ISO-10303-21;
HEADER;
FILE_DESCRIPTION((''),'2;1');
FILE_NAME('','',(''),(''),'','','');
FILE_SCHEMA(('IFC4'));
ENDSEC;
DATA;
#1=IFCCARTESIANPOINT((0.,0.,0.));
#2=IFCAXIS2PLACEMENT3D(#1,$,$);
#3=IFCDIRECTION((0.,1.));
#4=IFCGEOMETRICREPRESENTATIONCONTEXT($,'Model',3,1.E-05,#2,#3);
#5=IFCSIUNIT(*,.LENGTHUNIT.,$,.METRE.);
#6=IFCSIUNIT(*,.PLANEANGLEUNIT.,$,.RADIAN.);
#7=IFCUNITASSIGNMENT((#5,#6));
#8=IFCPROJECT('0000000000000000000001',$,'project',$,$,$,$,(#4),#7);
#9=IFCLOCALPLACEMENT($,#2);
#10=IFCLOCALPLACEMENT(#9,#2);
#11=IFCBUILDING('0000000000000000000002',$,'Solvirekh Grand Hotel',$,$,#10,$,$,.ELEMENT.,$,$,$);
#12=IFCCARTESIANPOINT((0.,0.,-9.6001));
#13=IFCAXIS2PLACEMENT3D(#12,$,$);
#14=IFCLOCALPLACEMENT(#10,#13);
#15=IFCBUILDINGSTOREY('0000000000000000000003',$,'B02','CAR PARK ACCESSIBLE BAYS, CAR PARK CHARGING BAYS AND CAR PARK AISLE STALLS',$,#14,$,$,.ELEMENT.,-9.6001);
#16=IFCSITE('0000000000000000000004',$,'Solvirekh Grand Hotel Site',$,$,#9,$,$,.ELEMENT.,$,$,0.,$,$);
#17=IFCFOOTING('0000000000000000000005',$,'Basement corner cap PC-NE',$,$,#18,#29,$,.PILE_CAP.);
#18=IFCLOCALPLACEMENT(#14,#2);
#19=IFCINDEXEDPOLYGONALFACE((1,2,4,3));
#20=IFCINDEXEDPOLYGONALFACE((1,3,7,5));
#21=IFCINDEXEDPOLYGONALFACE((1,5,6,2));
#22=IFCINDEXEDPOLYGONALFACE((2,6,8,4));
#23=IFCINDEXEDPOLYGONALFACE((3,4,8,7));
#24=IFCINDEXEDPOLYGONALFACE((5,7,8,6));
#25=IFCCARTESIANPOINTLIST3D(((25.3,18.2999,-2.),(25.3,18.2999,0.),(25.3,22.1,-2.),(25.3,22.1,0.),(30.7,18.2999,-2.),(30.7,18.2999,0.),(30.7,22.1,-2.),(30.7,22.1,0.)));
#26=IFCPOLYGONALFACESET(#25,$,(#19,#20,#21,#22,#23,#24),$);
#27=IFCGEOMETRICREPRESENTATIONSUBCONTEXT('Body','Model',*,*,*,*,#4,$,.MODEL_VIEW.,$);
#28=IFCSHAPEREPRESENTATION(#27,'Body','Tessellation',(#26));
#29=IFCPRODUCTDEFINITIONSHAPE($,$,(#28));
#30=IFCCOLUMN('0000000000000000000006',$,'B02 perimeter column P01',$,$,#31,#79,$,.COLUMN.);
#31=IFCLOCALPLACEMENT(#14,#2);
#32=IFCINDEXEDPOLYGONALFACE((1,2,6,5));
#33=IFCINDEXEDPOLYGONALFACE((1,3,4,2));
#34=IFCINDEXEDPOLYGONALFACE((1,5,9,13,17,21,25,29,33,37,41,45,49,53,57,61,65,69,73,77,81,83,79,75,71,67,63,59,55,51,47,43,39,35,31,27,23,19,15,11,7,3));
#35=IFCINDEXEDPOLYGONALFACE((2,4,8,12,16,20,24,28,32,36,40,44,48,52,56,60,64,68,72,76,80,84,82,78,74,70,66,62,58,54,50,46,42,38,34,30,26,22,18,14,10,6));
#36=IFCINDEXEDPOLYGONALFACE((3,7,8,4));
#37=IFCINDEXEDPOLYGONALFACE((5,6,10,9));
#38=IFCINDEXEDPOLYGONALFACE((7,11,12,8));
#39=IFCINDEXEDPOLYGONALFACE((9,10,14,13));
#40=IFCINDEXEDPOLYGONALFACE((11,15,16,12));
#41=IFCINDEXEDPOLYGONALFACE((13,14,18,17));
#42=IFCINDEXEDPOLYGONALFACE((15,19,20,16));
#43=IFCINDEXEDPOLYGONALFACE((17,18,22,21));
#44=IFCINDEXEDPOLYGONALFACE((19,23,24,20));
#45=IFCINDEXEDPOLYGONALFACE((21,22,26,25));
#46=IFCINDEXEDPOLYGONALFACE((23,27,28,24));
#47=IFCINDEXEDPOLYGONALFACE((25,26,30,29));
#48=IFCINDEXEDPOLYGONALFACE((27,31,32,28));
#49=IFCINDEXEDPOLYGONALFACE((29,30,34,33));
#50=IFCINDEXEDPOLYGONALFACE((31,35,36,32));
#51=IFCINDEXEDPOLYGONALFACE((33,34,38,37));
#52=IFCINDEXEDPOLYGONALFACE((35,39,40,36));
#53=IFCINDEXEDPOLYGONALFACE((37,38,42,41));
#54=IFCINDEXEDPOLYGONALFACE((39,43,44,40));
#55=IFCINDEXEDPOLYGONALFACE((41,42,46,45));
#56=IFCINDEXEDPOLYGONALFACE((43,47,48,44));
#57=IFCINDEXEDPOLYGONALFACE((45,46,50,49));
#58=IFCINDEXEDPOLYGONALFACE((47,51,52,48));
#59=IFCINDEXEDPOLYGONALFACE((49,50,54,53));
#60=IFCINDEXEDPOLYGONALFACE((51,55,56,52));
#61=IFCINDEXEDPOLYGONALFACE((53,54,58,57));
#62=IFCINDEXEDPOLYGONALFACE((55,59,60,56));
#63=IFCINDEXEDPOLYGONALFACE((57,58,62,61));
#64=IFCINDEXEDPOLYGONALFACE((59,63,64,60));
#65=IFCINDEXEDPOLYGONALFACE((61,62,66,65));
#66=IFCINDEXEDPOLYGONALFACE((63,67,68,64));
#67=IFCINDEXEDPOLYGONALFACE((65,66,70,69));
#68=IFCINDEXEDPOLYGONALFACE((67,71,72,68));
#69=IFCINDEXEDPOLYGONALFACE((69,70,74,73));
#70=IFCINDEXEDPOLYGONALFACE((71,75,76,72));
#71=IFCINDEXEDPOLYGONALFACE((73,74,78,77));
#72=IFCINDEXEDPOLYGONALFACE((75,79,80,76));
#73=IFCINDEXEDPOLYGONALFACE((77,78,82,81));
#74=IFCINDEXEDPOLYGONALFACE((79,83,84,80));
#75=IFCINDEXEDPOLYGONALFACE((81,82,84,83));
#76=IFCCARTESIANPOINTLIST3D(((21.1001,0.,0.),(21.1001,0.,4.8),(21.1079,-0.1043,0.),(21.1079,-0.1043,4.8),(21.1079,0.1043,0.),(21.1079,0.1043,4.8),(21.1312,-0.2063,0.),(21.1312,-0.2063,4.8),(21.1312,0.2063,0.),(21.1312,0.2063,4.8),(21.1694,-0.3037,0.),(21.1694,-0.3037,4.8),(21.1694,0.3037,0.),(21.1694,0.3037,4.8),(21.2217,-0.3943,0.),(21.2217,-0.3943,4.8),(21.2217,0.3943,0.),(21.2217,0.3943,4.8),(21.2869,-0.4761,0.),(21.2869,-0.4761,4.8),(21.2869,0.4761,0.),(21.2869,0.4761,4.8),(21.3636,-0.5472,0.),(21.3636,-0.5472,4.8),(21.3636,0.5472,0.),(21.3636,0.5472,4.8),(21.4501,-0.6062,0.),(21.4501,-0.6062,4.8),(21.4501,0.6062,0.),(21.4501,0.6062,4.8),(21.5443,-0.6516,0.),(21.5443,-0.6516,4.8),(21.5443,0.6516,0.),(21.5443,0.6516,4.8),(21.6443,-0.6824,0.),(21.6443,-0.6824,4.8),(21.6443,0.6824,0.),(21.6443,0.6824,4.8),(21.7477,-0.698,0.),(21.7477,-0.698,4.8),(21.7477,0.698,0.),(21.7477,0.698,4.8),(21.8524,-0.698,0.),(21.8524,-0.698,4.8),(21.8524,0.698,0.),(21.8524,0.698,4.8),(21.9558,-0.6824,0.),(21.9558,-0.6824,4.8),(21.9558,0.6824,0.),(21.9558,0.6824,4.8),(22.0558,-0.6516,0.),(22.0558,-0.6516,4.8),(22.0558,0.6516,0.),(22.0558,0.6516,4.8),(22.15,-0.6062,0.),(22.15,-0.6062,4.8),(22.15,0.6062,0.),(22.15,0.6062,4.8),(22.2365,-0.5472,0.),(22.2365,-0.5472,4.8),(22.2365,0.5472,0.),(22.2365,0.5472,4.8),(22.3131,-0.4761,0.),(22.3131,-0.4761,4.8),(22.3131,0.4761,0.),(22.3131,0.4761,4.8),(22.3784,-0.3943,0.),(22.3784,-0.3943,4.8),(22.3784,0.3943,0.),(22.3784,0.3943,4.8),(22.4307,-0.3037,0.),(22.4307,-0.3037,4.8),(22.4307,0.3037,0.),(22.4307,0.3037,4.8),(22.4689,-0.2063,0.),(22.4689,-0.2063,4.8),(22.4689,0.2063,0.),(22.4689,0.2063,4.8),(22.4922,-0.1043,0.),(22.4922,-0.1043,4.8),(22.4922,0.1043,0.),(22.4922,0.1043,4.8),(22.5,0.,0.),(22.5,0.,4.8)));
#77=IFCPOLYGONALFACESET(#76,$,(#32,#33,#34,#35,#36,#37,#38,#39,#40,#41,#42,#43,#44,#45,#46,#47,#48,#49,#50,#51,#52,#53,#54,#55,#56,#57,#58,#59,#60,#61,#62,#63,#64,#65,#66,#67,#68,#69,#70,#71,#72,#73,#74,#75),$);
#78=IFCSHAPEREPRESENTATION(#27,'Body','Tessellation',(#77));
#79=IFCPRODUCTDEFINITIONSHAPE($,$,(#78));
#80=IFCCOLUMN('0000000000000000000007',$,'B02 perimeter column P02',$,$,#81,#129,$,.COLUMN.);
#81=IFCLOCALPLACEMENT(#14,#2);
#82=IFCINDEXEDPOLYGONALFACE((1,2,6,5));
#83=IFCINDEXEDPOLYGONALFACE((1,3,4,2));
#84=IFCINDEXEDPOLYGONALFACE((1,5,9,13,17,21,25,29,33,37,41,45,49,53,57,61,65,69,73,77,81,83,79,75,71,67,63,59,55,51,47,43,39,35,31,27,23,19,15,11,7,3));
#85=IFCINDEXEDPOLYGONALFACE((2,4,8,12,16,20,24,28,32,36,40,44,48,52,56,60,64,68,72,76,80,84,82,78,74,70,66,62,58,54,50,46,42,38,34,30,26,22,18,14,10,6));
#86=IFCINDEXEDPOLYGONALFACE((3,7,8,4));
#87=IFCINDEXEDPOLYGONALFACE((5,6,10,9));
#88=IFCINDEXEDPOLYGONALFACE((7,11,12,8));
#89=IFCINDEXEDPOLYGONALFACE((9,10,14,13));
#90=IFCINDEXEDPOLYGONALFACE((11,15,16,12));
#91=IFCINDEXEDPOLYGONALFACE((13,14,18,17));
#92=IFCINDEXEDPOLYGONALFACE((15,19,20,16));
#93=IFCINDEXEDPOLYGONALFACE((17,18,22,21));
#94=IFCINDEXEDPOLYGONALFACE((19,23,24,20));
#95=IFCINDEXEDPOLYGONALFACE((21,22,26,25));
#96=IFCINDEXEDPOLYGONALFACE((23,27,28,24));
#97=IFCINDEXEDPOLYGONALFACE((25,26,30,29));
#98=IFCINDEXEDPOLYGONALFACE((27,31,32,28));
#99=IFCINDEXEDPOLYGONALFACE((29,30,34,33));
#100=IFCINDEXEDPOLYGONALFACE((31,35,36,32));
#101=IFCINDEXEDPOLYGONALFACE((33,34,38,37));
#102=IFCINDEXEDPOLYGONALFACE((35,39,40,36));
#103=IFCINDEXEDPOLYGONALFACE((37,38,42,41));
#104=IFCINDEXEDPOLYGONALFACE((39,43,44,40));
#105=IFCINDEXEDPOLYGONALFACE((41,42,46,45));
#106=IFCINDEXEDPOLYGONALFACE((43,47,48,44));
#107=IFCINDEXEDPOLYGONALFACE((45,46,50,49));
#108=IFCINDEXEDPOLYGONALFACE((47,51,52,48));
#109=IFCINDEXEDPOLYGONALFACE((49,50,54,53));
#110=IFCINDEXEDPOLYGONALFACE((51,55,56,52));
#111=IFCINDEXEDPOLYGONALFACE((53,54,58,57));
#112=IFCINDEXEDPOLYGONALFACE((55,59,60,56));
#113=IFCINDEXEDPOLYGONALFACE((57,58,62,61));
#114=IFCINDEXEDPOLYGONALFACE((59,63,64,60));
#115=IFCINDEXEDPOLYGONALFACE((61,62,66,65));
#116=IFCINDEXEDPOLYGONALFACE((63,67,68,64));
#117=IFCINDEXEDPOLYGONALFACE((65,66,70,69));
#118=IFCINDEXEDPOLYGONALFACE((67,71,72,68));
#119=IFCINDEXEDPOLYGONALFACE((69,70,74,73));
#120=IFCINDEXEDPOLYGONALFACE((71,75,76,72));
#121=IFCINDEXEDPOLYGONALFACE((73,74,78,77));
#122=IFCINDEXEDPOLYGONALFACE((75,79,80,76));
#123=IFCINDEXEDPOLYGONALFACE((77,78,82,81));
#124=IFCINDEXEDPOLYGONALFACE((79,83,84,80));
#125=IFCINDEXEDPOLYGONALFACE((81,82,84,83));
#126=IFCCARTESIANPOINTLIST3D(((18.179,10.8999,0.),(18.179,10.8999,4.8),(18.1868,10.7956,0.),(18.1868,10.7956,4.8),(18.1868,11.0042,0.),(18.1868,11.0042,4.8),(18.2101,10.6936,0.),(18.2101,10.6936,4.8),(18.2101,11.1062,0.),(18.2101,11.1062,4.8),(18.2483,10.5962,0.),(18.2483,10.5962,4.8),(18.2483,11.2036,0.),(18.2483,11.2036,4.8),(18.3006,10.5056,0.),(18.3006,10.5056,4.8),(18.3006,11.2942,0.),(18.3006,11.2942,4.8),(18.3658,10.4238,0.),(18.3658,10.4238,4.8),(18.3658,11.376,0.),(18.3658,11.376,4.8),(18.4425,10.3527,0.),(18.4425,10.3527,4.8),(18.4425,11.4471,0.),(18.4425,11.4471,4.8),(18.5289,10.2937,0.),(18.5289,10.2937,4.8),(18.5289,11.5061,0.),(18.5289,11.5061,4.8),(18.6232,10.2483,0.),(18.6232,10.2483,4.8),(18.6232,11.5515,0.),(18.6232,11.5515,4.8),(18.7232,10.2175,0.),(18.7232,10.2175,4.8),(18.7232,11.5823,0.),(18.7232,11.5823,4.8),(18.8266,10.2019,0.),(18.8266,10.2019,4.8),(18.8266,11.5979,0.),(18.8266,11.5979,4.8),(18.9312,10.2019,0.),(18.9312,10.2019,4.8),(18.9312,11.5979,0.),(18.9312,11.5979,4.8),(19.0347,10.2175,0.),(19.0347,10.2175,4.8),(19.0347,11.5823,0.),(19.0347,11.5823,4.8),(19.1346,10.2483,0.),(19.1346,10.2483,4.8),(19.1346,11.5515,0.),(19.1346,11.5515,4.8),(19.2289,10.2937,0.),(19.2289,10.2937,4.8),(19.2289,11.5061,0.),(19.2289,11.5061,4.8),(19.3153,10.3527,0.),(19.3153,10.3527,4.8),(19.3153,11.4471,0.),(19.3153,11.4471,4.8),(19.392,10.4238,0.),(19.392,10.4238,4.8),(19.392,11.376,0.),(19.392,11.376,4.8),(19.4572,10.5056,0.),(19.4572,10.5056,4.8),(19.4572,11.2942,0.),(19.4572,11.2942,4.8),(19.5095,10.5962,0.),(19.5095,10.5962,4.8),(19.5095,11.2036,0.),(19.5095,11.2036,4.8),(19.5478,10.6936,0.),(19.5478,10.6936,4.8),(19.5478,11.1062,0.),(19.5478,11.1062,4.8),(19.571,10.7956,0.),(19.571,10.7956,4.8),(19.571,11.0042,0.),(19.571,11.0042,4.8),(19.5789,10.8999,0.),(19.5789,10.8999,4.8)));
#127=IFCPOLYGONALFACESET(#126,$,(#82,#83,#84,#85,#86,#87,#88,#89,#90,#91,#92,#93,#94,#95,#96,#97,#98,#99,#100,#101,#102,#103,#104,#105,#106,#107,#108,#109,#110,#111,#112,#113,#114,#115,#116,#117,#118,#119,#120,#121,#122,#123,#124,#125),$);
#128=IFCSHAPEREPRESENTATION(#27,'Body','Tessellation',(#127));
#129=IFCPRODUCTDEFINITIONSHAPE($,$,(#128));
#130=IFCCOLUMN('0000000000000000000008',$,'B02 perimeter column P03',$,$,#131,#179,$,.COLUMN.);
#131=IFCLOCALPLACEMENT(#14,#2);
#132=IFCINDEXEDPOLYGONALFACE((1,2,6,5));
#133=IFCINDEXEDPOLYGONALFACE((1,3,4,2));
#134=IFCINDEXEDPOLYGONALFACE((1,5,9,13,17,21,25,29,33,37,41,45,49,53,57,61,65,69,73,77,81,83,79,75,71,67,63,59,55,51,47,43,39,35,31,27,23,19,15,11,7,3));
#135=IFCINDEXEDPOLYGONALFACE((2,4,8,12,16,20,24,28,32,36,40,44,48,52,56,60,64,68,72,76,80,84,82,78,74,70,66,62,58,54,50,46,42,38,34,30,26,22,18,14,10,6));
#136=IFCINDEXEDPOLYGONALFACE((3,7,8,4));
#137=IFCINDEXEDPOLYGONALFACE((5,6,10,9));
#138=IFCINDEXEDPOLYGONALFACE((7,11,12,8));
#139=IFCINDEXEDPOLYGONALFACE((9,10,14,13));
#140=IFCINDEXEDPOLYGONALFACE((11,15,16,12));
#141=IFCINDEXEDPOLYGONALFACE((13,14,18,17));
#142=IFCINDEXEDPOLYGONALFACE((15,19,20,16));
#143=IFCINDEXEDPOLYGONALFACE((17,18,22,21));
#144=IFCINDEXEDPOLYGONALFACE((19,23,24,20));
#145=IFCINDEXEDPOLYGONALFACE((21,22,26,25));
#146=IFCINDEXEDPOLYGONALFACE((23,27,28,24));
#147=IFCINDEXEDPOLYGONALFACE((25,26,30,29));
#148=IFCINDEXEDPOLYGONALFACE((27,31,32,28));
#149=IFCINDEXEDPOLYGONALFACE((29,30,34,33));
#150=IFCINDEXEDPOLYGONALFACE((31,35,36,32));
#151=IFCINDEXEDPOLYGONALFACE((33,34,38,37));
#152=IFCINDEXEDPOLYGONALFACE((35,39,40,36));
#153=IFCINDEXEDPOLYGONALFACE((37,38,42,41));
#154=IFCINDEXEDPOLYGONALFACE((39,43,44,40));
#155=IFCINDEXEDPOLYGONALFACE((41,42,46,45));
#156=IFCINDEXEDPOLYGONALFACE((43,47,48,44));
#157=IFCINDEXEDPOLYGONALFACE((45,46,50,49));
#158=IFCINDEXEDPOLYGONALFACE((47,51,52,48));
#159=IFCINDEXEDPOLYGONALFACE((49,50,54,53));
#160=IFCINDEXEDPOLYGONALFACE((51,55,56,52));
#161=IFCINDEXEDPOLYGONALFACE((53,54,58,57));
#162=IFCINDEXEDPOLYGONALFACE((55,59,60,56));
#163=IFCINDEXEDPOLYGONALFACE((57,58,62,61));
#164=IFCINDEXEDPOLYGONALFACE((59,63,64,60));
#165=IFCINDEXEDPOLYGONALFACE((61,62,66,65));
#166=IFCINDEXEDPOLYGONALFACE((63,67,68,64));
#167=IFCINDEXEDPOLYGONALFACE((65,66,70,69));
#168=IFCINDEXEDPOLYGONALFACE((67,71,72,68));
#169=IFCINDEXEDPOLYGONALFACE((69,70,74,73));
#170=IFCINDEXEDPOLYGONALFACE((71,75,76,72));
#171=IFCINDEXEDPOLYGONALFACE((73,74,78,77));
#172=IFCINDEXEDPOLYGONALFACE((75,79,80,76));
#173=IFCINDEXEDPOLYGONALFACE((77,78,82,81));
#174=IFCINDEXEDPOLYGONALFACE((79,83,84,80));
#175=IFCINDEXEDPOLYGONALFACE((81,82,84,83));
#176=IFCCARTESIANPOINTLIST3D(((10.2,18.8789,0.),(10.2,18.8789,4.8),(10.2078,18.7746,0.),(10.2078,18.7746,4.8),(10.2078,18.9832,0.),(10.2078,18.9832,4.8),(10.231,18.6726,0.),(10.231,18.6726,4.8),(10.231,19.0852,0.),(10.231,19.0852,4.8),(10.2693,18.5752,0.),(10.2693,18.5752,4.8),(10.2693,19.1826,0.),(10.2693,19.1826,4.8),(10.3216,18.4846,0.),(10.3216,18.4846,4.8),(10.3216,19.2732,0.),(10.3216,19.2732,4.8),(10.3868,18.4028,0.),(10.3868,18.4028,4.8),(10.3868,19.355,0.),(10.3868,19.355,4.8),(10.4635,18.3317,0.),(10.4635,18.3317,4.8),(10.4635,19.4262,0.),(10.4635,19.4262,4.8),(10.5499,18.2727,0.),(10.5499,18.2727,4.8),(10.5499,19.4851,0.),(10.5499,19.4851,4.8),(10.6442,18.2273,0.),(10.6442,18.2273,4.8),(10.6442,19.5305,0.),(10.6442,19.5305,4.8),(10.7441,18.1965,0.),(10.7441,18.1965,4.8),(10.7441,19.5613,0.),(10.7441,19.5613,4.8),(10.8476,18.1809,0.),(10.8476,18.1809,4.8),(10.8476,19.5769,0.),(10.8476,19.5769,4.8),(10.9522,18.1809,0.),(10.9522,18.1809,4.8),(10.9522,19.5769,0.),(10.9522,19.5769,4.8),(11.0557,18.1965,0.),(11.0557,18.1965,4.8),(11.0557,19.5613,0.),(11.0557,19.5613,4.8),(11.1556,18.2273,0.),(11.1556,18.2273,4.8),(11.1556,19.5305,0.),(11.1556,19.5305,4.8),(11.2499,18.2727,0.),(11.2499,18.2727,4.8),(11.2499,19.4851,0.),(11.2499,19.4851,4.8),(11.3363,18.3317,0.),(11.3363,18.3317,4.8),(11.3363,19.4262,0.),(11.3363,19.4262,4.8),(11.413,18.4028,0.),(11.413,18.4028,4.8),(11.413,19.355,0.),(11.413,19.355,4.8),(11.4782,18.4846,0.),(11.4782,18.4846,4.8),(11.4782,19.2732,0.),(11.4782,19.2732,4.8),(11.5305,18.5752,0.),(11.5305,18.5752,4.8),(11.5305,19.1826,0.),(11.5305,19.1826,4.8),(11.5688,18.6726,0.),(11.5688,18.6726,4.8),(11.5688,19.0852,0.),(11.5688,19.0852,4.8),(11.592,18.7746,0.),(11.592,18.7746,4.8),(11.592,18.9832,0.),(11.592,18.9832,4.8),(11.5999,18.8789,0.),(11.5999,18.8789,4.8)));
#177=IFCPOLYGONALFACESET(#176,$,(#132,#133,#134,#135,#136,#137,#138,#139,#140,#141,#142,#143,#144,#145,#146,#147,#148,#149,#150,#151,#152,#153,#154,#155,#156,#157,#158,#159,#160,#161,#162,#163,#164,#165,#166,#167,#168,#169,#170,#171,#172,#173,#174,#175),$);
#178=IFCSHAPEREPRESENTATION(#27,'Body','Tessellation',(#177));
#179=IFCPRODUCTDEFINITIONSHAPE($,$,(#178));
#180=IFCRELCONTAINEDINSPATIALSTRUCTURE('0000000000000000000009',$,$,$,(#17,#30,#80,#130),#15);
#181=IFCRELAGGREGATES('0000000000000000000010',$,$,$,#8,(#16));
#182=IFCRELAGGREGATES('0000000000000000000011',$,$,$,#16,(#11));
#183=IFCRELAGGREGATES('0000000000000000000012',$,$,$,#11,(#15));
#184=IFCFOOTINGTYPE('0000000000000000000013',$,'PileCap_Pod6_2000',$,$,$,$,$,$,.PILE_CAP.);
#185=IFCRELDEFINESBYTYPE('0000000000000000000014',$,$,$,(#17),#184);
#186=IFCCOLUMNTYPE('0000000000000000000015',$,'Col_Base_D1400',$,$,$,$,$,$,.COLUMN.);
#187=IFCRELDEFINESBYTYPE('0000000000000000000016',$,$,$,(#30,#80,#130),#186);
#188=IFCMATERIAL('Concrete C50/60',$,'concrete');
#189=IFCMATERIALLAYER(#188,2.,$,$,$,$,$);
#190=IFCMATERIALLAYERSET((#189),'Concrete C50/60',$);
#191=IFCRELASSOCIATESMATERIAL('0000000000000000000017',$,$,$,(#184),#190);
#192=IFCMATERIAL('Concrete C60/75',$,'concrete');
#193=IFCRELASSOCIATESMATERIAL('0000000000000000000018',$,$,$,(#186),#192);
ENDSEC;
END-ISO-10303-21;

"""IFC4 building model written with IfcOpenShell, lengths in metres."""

from ifc_helpers import new_model, si_unit, direction, frame, origin, origin_2d, place, context, subcontext, project, spatial, rectangle, circle, extrude, material, layer, layer_set, material_profile, profile_set, type_object, element, save


model = new_model("IFC4")

# Units and contexts
model_context = context("Model", 3, precision=1e-05, world=origin(), true_north=direction((0.0, 1.0)))
body_context = subcontext(model_context, "Body", "Model", "MODEL_VIEW")
ifc_project = project(units=[si_unit("LENGTHUNIT", "METRE"), si_unit("PLANEANGLEUNIT", "RADIAN")], contexts=[model_context])

# Site, building, storey
site_placement = place(None, origin())
site = spatial("IfcSite", under=ifc_project, at=site_placement, Name="Solvirekh Grand Hotel Site", CompositionType="ELEMENT", RefElevation=0.0)
building_placement = place(site_placement, origin())
building = spatial("IfcBuilding", under=site, at=building_placement, Name="Solvirekh Grand Hotel", CompositionType="ELEMENT")
storey_placement = place(building_placement, frame((0.0, 0.0, -9.6001)))
storey = spatial("IfcBuildingStorey", under=building, at=storey_placement, Name="B02", Description="CAR PARK ACCESSIBLE BAYS, CAR PARK CHARGING BAYS AND CAR PARK AISLE STALLS", CompositionType="ELEMENT", Elevation=-9.6001)

# Shared definitions
ifc_material_1 = material(Name="Concrete C50/60", Category="concrete")

# Footing
ifc_layer_1 = layer(ifc_material_1, 2.0)
ifc_layer_set_1 = layer_set([ifc_layer_1], Name="Concrete C50/60")
footing_type = type_object("IfcFootingType", Name="PileCap_Pod6_2000", PredefinedType="PILE_CAP", material=ifc_layer_set_1)
footing_placement = place(storey_placement, frame((28.0, 20.2, -2.0), z_axis=(0.0, 0.0, 1.0), x_axis=(1.0, 0.0, 0.0)))
element("IfcFooting", 1, at=footing_placement, inside=storey, type_object=footing_type, Name="Basement corner cap PC-NE", PredefinedType="PILE_CAP", context=body_context, shape_type="SweptSolid", body=[
    extrude(rectangle(XDim=5.3999, YDim=3.8, at=origin_2d()), origin(), (0.0, 0.0, 1.0), 2.0),
])

# Columns
ifc_material_2 = material(Name="Concrete C60/75", Category="concrete")
ifc_material_profile_1 = material_profile(ifc_material_2, circle(Radius=0.7, at=origin_2d()), Name="RC CIRC D1400")
ifc_profile_set_1 = profile_set([ifc_material_profile_1], Name="Concrete C60/75")
column_type_1 = type_object("IfcColumnType", Name="Col_Base_D1400", PredefinedType="COLUMN", material=ifc_profile_set_1)
for number, where, z_axis, x_axis, name in (
    (2, (21.8, 0.0, 0.0), (0.0, 0.0, 1.0), (1.0, 0.0, 0.0), "B02 perimeter column P01"),
    (3, (18.8789, 10.8999, 0.0), (0.0, 0.0, 1.0), (1.0, 0.0, 0.0), "B02 perimeter column P02"),
    (4, (10.8999, 18.8789, 0.0), (0.0, 0.0, 1.0), (1.0, 0.0, 0.0), "B02 perimeter column P03"),
):
    element("IfcColumn", number, at=place(storey_placement, frame(where, z_axis=z_axis, x_axis=x_axis)), inside=storey, type_object=column_type_1, Name=name, PredefinedType="COLUMN", context=body_context, shape_type="SweptSolid", body=[
        extrude(circle(Radius=0.7, at=origin_2d()), origin(), (0.0, 0.0, 1.0), 4.8),
    ])

save(model, "model.ifc")
